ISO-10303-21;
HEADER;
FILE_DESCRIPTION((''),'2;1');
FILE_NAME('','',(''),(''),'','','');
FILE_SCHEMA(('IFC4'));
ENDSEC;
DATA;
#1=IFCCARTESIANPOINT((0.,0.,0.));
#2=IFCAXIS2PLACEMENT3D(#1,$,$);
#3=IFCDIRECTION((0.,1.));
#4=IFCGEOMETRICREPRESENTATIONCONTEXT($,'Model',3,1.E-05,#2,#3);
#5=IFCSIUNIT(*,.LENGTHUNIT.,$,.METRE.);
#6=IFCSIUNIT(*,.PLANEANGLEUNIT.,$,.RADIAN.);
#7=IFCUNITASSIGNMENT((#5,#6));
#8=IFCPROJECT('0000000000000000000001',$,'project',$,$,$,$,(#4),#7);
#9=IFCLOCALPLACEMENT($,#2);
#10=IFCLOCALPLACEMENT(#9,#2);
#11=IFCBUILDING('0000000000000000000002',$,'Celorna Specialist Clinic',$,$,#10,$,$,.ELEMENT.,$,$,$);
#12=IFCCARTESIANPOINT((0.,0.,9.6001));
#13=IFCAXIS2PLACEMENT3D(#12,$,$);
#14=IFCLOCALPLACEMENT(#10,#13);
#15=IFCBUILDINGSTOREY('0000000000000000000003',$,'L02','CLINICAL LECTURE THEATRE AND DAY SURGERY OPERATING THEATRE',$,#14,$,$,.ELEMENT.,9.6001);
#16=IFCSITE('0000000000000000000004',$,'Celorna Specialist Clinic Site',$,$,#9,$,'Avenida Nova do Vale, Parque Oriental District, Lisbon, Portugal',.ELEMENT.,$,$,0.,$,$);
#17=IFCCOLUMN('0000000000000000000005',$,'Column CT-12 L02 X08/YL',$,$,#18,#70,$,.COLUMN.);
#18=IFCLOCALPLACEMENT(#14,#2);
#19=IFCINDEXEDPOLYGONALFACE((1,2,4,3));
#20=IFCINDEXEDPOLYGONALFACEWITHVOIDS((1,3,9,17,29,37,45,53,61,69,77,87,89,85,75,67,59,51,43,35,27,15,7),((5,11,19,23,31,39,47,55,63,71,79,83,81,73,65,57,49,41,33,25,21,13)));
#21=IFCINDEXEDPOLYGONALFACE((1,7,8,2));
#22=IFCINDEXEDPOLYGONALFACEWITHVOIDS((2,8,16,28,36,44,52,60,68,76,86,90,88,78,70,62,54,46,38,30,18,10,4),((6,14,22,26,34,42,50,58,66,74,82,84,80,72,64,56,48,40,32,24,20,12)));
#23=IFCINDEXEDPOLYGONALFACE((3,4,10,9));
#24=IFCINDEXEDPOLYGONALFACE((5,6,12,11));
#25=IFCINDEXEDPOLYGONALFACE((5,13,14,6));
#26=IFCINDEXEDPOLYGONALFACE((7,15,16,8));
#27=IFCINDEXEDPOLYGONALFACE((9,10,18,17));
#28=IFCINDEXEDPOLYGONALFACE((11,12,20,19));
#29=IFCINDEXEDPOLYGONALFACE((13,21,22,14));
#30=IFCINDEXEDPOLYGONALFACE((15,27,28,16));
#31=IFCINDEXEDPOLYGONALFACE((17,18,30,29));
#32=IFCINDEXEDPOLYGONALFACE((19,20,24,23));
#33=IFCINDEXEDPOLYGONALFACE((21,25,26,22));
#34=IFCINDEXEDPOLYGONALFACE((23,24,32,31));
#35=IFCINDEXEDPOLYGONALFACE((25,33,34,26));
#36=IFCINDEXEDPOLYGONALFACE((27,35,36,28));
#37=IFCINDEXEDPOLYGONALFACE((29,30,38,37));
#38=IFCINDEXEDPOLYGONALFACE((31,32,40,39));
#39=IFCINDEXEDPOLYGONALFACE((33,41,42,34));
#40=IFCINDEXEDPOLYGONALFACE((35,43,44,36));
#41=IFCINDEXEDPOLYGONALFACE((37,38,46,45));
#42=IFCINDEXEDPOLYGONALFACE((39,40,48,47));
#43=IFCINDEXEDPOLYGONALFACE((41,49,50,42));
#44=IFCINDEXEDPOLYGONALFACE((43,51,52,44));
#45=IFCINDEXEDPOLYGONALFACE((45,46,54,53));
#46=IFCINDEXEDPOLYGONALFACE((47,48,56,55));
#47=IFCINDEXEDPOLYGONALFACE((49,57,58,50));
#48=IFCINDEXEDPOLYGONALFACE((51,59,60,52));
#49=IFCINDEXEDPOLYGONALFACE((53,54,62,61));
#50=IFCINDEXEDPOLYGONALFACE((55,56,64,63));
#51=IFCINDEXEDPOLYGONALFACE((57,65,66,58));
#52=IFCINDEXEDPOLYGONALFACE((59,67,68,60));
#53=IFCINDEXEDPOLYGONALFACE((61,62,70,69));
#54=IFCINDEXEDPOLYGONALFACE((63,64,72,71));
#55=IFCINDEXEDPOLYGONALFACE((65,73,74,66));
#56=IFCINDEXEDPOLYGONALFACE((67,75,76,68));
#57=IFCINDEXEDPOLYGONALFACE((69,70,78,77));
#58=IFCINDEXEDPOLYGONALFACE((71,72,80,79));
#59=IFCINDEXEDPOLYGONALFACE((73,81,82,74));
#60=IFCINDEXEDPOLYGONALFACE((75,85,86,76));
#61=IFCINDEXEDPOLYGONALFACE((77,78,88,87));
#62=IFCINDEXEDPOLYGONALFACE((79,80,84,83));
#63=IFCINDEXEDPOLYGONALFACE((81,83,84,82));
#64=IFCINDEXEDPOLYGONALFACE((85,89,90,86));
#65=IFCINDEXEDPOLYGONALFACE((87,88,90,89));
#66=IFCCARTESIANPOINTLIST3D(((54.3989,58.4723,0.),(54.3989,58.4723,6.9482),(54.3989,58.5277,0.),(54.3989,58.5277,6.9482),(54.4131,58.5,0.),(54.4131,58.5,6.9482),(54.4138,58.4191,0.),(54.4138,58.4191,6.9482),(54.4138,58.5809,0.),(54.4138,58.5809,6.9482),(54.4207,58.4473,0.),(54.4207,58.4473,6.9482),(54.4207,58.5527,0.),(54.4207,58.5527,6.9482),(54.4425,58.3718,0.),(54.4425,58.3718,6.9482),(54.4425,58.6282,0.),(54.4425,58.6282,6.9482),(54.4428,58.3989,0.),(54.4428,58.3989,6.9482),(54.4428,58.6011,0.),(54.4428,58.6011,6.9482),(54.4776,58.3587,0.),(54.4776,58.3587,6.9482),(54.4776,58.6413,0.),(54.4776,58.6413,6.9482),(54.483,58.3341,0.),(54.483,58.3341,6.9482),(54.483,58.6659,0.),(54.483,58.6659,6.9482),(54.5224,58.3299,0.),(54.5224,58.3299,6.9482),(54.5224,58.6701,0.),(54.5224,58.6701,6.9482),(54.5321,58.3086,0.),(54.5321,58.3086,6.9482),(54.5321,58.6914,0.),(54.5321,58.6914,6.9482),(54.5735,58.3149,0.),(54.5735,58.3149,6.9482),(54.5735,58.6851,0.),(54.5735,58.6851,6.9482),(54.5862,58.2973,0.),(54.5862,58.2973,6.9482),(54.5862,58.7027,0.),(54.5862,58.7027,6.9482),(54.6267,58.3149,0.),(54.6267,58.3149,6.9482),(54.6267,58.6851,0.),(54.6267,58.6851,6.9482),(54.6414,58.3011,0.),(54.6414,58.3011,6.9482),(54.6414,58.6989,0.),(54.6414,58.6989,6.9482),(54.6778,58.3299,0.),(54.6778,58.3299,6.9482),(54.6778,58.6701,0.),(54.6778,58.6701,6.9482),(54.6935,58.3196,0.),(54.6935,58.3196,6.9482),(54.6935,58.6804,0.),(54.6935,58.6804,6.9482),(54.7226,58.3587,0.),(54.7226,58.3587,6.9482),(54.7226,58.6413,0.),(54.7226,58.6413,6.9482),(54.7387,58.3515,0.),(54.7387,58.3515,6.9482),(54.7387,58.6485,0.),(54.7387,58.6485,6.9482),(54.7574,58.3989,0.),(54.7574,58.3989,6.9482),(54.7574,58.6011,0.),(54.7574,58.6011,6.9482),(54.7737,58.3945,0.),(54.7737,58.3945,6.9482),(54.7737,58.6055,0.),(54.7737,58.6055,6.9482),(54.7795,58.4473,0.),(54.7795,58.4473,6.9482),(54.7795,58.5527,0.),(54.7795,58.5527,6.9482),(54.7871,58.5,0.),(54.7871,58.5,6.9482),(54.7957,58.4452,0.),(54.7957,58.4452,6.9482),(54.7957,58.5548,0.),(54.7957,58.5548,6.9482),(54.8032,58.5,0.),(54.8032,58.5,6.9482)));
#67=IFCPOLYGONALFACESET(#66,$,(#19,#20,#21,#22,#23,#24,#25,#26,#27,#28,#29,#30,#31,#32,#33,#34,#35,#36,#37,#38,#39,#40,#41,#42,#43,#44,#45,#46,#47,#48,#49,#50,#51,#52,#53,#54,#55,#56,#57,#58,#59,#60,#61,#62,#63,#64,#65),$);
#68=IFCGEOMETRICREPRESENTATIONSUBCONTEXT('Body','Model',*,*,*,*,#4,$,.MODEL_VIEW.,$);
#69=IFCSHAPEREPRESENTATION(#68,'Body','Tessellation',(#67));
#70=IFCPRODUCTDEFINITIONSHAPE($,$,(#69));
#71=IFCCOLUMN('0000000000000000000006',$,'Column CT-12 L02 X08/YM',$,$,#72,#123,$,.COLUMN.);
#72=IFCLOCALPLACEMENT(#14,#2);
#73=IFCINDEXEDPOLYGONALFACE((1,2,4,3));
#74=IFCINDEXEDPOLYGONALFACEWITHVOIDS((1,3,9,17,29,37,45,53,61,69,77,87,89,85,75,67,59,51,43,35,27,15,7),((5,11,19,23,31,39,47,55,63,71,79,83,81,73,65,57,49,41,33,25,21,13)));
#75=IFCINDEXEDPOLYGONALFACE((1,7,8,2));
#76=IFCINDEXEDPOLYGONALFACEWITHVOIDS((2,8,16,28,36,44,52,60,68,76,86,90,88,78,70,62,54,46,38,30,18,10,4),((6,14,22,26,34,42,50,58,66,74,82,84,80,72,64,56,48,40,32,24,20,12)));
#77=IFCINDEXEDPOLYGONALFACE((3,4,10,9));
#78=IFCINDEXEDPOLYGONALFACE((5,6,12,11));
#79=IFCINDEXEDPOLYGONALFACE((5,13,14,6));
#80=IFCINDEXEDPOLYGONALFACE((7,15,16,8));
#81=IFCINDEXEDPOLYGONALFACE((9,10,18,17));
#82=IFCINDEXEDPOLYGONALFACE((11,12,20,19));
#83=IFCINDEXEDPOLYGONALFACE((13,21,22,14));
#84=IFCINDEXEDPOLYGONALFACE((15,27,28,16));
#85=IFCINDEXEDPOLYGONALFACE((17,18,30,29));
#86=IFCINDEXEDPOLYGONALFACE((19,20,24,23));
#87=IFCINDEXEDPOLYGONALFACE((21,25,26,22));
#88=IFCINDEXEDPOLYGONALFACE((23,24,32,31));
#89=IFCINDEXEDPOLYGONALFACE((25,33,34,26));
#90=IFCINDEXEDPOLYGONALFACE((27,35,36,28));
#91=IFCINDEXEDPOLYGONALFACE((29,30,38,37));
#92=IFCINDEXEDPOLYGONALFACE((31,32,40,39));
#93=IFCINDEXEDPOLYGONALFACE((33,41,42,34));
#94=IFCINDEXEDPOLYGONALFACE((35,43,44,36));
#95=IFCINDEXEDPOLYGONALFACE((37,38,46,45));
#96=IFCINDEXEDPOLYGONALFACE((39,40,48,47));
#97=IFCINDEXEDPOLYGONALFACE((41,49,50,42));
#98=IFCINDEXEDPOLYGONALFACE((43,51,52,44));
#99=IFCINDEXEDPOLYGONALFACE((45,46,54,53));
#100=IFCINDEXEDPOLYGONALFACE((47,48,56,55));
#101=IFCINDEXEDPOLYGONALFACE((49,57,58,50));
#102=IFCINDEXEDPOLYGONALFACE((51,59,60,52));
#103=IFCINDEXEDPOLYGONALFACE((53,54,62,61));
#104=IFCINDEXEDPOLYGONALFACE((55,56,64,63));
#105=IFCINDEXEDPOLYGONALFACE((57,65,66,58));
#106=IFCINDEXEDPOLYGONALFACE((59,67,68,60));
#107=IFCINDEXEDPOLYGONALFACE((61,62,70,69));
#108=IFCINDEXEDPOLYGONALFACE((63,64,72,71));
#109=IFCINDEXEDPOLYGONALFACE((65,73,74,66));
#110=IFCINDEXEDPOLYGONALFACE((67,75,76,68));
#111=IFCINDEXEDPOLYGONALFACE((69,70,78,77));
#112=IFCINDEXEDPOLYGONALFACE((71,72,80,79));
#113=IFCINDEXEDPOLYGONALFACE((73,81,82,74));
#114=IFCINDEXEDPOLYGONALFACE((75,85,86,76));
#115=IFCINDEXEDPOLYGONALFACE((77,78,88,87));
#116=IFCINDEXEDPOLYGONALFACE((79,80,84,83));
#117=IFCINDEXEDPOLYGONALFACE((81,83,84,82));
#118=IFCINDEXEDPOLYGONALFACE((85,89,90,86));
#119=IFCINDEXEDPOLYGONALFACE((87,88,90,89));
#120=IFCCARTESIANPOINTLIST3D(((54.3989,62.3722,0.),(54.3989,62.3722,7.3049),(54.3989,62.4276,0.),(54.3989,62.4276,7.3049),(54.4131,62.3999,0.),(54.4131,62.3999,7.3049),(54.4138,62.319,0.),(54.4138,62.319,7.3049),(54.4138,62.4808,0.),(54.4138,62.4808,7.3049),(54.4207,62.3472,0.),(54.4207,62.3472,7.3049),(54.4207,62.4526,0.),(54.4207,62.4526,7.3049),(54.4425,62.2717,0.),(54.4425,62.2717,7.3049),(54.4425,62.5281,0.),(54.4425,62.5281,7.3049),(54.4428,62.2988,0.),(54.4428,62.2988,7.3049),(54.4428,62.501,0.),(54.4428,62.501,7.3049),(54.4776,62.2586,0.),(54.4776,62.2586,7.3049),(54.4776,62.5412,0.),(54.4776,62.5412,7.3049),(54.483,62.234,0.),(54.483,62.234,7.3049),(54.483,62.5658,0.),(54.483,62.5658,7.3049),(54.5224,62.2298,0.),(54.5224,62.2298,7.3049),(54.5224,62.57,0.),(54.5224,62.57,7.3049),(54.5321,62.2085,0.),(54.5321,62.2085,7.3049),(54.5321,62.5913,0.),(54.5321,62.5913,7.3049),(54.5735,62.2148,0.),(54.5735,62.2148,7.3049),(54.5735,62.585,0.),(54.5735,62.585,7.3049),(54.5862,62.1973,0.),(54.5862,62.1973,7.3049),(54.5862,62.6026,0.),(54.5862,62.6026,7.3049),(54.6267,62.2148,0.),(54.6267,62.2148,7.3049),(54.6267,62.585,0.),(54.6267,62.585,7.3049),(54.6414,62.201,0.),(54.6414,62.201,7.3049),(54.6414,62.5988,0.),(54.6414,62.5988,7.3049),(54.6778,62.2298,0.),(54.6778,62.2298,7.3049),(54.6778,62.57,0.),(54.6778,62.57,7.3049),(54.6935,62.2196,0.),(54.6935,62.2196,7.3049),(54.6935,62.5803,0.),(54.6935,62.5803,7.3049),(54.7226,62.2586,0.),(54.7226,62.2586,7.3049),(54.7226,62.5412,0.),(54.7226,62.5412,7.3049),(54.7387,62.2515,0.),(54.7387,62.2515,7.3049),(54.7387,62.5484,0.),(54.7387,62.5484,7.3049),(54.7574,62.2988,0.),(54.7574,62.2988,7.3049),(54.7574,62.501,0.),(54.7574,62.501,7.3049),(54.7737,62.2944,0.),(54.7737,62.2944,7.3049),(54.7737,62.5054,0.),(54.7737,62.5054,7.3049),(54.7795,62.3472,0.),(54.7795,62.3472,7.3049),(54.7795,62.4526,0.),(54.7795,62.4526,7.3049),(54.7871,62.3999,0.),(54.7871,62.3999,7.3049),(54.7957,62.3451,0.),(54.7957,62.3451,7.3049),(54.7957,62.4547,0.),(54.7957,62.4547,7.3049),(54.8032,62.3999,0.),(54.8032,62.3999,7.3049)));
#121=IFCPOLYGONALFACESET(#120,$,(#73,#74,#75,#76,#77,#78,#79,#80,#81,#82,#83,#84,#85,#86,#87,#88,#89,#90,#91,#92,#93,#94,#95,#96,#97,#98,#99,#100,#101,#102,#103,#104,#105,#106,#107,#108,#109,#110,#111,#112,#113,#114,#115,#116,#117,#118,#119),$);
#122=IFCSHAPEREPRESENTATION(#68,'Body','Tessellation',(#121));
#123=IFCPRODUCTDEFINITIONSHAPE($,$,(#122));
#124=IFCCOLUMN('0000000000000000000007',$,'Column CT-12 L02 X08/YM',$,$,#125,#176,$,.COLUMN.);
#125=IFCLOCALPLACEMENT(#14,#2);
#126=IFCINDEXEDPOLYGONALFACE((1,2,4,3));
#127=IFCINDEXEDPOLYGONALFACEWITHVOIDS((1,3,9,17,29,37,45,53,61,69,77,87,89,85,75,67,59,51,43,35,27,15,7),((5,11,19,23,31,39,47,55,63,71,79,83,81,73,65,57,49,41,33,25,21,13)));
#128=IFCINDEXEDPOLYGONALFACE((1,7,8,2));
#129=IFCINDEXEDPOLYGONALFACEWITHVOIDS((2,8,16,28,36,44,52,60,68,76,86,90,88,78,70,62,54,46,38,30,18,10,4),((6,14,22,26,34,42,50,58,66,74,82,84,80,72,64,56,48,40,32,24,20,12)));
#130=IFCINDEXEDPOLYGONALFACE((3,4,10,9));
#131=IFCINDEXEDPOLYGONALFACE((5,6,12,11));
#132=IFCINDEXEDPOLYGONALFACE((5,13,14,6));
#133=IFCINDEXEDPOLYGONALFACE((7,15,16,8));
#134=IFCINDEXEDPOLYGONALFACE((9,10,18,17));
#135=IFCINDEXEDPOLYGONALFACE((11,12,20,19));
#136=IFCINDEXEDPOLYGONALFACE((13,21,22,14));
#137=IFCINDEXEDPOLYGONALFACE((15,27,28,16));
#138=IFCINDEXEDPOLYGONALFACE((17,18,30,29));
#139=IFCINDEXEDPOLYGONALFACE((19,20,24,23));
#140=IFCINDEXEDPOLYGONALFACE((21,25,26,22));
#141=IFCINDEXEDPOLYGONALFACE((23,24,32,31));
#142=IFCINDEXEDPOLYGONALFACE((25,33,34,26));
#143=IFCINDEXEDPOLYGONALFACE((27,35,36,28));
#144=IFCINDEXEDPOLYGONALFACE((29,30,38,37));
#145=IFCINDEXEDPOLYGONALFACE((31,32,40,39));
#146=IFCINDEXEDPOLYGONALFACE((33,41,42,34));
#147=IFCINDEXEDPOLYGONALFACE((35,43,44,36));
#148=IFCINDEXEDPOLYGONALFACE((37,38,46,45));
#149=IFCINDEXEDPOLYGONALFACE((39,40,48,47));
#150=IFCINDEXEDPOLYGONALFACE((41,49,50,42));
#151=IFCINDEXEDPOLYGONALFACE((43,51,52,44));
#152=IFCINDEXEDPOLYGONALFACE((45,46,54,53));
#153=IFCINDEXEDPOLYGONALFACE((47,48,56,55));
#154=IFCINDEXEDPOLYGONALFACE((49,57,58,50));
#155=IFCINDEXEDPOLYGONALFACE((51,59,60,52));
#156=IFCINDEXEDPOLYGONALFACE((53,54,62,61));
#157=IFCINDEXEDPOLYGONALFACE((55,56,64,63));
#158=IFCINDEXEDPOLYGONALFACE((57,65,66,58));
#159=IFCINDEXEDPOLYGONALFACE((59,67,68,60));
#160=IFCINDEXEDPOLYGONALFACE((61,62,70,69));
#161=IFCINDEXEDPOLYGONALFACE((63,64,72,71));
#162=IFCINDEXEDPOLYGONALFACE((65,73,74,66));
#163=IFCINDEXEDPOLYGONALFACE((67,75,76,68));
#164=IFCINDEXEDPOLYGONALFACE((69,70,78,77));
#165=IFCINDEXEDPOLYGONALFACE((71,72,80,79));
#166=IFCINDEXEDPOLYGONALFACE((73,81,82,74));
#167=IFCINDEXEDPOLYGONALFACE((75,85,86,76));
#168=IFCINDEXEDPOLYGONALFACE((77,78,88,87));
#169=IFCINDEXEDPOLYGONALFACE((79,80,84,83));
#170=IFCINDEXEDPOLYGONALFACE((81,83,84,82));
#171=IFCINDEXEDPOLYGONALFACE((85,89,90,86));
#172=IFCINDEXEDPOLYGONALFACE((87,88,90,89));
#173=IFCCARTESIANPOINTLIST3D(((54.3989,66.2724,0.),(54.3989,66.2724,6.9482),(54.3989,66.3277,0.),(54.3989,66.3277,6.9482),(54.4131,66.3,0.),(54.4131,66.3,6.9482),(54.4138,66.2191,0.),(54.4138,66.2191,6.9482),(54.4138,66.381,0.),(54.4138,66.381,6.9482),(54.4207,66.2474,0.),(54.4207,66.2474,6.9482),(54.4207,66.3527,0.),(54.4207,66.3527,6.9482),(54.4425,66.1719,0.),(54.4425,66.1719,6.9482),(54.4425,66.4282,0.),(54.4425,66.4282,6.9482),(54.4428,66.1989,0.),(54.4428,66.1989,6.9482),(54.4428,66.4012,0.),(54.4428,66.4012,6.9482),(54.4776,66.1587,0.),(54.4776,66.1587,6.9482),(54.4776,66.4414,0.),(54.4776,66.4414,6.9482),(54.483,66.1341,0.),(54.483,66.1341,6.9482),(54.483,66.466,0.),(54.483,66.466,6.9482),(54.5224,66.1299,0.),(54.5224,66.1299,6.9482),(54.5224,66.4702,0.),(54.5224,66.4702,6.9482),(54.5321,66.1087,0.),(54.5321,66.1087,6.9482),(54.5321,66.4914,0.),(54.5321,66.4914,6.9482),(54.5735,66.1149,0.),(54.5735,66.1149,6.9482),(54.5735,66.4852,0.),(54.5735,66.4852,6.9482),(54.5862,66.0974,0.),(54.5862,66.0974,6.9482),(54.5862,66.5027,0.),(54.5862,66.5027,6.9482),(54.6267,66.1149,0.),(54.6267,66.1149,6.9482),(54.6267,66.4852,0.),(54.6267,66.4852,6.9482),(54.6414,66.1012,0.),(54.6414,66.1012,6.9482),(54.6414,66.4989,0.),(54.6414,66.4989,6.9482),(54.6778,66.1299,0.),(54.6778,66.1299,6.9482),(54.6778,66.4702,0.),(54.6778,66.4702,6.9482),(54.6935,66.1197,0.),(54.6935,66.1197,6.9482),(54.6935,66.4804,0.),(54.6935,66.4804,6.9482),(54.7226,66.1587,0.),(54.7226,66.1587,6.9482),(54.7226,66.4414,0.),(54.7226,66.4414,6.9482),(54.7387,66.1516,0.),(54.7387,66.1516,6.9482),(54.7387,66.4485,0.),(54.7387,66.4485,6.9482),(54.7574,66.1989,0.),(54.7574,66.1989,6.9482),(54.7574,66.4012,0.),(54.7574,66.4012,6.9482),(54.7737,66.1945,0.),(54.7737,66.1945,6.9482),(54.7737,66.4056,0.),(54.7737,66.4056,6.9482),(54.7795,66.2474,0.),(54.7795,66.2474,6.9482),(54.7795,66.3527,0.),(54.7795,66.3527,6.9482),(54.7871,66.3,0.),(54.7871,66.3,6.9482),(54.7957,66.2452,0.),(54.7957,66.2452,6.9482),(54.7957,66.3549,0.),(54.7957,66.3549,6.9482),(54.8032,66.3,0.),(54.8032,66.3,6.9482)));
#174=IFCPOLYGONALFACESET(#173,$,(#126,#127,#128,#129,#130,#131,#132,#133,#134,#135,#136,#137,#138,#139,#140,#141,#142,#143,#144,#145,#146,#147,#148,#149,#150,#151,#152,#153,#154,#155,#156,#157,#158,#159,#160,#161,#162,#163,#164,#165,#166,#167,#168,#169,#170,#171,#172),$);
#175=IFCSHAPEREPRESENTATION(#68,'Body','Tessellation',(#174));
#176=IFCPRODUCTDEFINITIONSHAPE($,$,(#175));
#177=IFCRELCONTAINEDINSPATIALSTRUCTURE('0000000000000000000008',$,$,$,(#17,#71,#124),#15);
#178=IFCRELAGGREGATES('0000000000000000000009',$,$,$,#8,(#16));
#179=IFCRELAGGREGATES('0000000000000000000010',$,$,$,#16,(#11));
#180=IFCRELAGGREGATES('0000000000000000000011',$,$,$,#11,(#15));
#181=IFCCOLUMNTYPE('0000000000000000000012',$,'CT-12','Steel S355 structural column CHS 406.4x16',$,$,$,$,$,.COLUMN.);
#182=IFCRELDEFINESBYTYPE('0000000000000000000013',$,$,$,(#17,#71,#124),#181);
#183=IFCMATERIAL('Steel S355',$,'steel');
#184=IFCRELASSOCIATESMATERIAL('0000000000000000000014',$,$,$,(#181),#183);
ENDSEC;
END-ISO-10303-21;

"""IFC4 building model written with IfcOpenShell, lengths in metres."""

from ifc_helpers import new_model, si_unit, direction, frame, origin, origin_2d, place, context, subcontext, project, spatial, hollow_circle, extrude, material, material_profile, profile_set, type_object, element, save


model = new_model("IFC4")

# Units and contexts
model_context = context("Model", 3, precision=1e-05, world=origin(), true_north=direction((0.0, 1.0)))
body_context = subcontext(model_context, "Body", "Model", "MODEL_VIEW")
ifc_project = project(units=[si_unit("LENGTHUNIT", "METRE"), si_unit("PLANEANGLEUNIT", "RADIAN")], contexts=[model_context])

# Site, building, storey
site_placement = place(None, origin())
site = spatial("IfcSite", under=ifc_project, at=site_placement, Name="Celorna Specialist Clinic Site", LongName="Avenida Nova do Vale, Parque Oriental District, Lisbon, Portugal", CompositionType="ELEMENT", RefElevation=0.0)
building_placement = place(site_placement, origin())
building = spatial("IfcBuilding", under=site, at=building_placement, Name="Celorna Specialist Clinic", CompositionType="ELEMENT")
storey_placement = place(building_placement, frame((0.0, 0.0, 9.6001)))
storey = spatial("IfcBuildingStorey", under=building, at=storey_placement, Name="L02", Description="CLINICAL LECTURE THEATRE AND DAY SURGERY OPERATING THEATRE", CompositionType="ELEMENT", Elevation=9.6001)

# Columns
ifc_material_1 = material(Name="Steel S355", Category="steel")
ifc_material_profile_1 = material_profile(ifc_material_1, hollow_circle(Radius=0.2031, WallThickness=0.0161, at=origin_2d()), Name="CHS 406.4x16")
ifc_profile_set_1 = profile_set([ifc_material_profile_1], Name="Steel S355")
column_type = type_object("IfcColumnType", Name="CT-12", Description="Steel S355 structural column CHS 406.4x16", PredefinedType="COLUMN", material=ifc_profile_set_1)
column_1_placement = place(storey_placement, frame((54.6001, 58.5, 0.0), z_axis=(0.0, 0.0, 1.0), x_axis=(1.0, 0.0, 0.0)))
element("IfcColumn", 1, at=column_1_placement, inside=storey, type_object=column_type, Name="Column CT-12 L02 X08/YL", PredefinedType="COLUMN", context=body_context, shape_type="SweptSolid", body=[
    extrude(hollow_circle(Radius=0.2031, WallThickness=0.0161, at=origin_2d()), origin(), (0.0, 0.0, 1.0), 6.9482),
])
column_2_placement = place(storey_placement, frame((54.6001, 62.3999, 0.0), z_axis=(0.0, 0.0, 1.0), x_axis=(1.0, 0.0, 0.0)))
element("IfcColumn", 2, at=column_2_placement, inside=storey, type_object=column_type, Name="Column CT-12 L02 X08/YM", PredefinedType="COLUMN", context=body_context, shape_type="SweptSolid", body=[
    extrude(hollow_circle(Radius=0.2031, WallThickness=0.0161, at=origin_2d()), origin(), (0.0, 0.0, 1.0), 7.3049),
])
column_3_placement = place(storey_placement, frame((54.6001, 66.3, 0.0), z_axis=(0.0, 0.0, 1.0), x_axis=(1.0, 0.0, 0.0)))
element("IfcColumn", 3, at=column_3_placement, inside=storey, type_object=column_type, Name="Column CT-12 L02 X08/YM", PredefinedType="COLUMN", context=body_context, shape_type="SweptSolid", body=[
    extrude(hollow_circle(Radius=0.2031, WallThickness=0.0161, at=origin_2d()), origin(), (0.0, 0.0, 1.0), 6.9482),
])

save(model, "model.ifc")
